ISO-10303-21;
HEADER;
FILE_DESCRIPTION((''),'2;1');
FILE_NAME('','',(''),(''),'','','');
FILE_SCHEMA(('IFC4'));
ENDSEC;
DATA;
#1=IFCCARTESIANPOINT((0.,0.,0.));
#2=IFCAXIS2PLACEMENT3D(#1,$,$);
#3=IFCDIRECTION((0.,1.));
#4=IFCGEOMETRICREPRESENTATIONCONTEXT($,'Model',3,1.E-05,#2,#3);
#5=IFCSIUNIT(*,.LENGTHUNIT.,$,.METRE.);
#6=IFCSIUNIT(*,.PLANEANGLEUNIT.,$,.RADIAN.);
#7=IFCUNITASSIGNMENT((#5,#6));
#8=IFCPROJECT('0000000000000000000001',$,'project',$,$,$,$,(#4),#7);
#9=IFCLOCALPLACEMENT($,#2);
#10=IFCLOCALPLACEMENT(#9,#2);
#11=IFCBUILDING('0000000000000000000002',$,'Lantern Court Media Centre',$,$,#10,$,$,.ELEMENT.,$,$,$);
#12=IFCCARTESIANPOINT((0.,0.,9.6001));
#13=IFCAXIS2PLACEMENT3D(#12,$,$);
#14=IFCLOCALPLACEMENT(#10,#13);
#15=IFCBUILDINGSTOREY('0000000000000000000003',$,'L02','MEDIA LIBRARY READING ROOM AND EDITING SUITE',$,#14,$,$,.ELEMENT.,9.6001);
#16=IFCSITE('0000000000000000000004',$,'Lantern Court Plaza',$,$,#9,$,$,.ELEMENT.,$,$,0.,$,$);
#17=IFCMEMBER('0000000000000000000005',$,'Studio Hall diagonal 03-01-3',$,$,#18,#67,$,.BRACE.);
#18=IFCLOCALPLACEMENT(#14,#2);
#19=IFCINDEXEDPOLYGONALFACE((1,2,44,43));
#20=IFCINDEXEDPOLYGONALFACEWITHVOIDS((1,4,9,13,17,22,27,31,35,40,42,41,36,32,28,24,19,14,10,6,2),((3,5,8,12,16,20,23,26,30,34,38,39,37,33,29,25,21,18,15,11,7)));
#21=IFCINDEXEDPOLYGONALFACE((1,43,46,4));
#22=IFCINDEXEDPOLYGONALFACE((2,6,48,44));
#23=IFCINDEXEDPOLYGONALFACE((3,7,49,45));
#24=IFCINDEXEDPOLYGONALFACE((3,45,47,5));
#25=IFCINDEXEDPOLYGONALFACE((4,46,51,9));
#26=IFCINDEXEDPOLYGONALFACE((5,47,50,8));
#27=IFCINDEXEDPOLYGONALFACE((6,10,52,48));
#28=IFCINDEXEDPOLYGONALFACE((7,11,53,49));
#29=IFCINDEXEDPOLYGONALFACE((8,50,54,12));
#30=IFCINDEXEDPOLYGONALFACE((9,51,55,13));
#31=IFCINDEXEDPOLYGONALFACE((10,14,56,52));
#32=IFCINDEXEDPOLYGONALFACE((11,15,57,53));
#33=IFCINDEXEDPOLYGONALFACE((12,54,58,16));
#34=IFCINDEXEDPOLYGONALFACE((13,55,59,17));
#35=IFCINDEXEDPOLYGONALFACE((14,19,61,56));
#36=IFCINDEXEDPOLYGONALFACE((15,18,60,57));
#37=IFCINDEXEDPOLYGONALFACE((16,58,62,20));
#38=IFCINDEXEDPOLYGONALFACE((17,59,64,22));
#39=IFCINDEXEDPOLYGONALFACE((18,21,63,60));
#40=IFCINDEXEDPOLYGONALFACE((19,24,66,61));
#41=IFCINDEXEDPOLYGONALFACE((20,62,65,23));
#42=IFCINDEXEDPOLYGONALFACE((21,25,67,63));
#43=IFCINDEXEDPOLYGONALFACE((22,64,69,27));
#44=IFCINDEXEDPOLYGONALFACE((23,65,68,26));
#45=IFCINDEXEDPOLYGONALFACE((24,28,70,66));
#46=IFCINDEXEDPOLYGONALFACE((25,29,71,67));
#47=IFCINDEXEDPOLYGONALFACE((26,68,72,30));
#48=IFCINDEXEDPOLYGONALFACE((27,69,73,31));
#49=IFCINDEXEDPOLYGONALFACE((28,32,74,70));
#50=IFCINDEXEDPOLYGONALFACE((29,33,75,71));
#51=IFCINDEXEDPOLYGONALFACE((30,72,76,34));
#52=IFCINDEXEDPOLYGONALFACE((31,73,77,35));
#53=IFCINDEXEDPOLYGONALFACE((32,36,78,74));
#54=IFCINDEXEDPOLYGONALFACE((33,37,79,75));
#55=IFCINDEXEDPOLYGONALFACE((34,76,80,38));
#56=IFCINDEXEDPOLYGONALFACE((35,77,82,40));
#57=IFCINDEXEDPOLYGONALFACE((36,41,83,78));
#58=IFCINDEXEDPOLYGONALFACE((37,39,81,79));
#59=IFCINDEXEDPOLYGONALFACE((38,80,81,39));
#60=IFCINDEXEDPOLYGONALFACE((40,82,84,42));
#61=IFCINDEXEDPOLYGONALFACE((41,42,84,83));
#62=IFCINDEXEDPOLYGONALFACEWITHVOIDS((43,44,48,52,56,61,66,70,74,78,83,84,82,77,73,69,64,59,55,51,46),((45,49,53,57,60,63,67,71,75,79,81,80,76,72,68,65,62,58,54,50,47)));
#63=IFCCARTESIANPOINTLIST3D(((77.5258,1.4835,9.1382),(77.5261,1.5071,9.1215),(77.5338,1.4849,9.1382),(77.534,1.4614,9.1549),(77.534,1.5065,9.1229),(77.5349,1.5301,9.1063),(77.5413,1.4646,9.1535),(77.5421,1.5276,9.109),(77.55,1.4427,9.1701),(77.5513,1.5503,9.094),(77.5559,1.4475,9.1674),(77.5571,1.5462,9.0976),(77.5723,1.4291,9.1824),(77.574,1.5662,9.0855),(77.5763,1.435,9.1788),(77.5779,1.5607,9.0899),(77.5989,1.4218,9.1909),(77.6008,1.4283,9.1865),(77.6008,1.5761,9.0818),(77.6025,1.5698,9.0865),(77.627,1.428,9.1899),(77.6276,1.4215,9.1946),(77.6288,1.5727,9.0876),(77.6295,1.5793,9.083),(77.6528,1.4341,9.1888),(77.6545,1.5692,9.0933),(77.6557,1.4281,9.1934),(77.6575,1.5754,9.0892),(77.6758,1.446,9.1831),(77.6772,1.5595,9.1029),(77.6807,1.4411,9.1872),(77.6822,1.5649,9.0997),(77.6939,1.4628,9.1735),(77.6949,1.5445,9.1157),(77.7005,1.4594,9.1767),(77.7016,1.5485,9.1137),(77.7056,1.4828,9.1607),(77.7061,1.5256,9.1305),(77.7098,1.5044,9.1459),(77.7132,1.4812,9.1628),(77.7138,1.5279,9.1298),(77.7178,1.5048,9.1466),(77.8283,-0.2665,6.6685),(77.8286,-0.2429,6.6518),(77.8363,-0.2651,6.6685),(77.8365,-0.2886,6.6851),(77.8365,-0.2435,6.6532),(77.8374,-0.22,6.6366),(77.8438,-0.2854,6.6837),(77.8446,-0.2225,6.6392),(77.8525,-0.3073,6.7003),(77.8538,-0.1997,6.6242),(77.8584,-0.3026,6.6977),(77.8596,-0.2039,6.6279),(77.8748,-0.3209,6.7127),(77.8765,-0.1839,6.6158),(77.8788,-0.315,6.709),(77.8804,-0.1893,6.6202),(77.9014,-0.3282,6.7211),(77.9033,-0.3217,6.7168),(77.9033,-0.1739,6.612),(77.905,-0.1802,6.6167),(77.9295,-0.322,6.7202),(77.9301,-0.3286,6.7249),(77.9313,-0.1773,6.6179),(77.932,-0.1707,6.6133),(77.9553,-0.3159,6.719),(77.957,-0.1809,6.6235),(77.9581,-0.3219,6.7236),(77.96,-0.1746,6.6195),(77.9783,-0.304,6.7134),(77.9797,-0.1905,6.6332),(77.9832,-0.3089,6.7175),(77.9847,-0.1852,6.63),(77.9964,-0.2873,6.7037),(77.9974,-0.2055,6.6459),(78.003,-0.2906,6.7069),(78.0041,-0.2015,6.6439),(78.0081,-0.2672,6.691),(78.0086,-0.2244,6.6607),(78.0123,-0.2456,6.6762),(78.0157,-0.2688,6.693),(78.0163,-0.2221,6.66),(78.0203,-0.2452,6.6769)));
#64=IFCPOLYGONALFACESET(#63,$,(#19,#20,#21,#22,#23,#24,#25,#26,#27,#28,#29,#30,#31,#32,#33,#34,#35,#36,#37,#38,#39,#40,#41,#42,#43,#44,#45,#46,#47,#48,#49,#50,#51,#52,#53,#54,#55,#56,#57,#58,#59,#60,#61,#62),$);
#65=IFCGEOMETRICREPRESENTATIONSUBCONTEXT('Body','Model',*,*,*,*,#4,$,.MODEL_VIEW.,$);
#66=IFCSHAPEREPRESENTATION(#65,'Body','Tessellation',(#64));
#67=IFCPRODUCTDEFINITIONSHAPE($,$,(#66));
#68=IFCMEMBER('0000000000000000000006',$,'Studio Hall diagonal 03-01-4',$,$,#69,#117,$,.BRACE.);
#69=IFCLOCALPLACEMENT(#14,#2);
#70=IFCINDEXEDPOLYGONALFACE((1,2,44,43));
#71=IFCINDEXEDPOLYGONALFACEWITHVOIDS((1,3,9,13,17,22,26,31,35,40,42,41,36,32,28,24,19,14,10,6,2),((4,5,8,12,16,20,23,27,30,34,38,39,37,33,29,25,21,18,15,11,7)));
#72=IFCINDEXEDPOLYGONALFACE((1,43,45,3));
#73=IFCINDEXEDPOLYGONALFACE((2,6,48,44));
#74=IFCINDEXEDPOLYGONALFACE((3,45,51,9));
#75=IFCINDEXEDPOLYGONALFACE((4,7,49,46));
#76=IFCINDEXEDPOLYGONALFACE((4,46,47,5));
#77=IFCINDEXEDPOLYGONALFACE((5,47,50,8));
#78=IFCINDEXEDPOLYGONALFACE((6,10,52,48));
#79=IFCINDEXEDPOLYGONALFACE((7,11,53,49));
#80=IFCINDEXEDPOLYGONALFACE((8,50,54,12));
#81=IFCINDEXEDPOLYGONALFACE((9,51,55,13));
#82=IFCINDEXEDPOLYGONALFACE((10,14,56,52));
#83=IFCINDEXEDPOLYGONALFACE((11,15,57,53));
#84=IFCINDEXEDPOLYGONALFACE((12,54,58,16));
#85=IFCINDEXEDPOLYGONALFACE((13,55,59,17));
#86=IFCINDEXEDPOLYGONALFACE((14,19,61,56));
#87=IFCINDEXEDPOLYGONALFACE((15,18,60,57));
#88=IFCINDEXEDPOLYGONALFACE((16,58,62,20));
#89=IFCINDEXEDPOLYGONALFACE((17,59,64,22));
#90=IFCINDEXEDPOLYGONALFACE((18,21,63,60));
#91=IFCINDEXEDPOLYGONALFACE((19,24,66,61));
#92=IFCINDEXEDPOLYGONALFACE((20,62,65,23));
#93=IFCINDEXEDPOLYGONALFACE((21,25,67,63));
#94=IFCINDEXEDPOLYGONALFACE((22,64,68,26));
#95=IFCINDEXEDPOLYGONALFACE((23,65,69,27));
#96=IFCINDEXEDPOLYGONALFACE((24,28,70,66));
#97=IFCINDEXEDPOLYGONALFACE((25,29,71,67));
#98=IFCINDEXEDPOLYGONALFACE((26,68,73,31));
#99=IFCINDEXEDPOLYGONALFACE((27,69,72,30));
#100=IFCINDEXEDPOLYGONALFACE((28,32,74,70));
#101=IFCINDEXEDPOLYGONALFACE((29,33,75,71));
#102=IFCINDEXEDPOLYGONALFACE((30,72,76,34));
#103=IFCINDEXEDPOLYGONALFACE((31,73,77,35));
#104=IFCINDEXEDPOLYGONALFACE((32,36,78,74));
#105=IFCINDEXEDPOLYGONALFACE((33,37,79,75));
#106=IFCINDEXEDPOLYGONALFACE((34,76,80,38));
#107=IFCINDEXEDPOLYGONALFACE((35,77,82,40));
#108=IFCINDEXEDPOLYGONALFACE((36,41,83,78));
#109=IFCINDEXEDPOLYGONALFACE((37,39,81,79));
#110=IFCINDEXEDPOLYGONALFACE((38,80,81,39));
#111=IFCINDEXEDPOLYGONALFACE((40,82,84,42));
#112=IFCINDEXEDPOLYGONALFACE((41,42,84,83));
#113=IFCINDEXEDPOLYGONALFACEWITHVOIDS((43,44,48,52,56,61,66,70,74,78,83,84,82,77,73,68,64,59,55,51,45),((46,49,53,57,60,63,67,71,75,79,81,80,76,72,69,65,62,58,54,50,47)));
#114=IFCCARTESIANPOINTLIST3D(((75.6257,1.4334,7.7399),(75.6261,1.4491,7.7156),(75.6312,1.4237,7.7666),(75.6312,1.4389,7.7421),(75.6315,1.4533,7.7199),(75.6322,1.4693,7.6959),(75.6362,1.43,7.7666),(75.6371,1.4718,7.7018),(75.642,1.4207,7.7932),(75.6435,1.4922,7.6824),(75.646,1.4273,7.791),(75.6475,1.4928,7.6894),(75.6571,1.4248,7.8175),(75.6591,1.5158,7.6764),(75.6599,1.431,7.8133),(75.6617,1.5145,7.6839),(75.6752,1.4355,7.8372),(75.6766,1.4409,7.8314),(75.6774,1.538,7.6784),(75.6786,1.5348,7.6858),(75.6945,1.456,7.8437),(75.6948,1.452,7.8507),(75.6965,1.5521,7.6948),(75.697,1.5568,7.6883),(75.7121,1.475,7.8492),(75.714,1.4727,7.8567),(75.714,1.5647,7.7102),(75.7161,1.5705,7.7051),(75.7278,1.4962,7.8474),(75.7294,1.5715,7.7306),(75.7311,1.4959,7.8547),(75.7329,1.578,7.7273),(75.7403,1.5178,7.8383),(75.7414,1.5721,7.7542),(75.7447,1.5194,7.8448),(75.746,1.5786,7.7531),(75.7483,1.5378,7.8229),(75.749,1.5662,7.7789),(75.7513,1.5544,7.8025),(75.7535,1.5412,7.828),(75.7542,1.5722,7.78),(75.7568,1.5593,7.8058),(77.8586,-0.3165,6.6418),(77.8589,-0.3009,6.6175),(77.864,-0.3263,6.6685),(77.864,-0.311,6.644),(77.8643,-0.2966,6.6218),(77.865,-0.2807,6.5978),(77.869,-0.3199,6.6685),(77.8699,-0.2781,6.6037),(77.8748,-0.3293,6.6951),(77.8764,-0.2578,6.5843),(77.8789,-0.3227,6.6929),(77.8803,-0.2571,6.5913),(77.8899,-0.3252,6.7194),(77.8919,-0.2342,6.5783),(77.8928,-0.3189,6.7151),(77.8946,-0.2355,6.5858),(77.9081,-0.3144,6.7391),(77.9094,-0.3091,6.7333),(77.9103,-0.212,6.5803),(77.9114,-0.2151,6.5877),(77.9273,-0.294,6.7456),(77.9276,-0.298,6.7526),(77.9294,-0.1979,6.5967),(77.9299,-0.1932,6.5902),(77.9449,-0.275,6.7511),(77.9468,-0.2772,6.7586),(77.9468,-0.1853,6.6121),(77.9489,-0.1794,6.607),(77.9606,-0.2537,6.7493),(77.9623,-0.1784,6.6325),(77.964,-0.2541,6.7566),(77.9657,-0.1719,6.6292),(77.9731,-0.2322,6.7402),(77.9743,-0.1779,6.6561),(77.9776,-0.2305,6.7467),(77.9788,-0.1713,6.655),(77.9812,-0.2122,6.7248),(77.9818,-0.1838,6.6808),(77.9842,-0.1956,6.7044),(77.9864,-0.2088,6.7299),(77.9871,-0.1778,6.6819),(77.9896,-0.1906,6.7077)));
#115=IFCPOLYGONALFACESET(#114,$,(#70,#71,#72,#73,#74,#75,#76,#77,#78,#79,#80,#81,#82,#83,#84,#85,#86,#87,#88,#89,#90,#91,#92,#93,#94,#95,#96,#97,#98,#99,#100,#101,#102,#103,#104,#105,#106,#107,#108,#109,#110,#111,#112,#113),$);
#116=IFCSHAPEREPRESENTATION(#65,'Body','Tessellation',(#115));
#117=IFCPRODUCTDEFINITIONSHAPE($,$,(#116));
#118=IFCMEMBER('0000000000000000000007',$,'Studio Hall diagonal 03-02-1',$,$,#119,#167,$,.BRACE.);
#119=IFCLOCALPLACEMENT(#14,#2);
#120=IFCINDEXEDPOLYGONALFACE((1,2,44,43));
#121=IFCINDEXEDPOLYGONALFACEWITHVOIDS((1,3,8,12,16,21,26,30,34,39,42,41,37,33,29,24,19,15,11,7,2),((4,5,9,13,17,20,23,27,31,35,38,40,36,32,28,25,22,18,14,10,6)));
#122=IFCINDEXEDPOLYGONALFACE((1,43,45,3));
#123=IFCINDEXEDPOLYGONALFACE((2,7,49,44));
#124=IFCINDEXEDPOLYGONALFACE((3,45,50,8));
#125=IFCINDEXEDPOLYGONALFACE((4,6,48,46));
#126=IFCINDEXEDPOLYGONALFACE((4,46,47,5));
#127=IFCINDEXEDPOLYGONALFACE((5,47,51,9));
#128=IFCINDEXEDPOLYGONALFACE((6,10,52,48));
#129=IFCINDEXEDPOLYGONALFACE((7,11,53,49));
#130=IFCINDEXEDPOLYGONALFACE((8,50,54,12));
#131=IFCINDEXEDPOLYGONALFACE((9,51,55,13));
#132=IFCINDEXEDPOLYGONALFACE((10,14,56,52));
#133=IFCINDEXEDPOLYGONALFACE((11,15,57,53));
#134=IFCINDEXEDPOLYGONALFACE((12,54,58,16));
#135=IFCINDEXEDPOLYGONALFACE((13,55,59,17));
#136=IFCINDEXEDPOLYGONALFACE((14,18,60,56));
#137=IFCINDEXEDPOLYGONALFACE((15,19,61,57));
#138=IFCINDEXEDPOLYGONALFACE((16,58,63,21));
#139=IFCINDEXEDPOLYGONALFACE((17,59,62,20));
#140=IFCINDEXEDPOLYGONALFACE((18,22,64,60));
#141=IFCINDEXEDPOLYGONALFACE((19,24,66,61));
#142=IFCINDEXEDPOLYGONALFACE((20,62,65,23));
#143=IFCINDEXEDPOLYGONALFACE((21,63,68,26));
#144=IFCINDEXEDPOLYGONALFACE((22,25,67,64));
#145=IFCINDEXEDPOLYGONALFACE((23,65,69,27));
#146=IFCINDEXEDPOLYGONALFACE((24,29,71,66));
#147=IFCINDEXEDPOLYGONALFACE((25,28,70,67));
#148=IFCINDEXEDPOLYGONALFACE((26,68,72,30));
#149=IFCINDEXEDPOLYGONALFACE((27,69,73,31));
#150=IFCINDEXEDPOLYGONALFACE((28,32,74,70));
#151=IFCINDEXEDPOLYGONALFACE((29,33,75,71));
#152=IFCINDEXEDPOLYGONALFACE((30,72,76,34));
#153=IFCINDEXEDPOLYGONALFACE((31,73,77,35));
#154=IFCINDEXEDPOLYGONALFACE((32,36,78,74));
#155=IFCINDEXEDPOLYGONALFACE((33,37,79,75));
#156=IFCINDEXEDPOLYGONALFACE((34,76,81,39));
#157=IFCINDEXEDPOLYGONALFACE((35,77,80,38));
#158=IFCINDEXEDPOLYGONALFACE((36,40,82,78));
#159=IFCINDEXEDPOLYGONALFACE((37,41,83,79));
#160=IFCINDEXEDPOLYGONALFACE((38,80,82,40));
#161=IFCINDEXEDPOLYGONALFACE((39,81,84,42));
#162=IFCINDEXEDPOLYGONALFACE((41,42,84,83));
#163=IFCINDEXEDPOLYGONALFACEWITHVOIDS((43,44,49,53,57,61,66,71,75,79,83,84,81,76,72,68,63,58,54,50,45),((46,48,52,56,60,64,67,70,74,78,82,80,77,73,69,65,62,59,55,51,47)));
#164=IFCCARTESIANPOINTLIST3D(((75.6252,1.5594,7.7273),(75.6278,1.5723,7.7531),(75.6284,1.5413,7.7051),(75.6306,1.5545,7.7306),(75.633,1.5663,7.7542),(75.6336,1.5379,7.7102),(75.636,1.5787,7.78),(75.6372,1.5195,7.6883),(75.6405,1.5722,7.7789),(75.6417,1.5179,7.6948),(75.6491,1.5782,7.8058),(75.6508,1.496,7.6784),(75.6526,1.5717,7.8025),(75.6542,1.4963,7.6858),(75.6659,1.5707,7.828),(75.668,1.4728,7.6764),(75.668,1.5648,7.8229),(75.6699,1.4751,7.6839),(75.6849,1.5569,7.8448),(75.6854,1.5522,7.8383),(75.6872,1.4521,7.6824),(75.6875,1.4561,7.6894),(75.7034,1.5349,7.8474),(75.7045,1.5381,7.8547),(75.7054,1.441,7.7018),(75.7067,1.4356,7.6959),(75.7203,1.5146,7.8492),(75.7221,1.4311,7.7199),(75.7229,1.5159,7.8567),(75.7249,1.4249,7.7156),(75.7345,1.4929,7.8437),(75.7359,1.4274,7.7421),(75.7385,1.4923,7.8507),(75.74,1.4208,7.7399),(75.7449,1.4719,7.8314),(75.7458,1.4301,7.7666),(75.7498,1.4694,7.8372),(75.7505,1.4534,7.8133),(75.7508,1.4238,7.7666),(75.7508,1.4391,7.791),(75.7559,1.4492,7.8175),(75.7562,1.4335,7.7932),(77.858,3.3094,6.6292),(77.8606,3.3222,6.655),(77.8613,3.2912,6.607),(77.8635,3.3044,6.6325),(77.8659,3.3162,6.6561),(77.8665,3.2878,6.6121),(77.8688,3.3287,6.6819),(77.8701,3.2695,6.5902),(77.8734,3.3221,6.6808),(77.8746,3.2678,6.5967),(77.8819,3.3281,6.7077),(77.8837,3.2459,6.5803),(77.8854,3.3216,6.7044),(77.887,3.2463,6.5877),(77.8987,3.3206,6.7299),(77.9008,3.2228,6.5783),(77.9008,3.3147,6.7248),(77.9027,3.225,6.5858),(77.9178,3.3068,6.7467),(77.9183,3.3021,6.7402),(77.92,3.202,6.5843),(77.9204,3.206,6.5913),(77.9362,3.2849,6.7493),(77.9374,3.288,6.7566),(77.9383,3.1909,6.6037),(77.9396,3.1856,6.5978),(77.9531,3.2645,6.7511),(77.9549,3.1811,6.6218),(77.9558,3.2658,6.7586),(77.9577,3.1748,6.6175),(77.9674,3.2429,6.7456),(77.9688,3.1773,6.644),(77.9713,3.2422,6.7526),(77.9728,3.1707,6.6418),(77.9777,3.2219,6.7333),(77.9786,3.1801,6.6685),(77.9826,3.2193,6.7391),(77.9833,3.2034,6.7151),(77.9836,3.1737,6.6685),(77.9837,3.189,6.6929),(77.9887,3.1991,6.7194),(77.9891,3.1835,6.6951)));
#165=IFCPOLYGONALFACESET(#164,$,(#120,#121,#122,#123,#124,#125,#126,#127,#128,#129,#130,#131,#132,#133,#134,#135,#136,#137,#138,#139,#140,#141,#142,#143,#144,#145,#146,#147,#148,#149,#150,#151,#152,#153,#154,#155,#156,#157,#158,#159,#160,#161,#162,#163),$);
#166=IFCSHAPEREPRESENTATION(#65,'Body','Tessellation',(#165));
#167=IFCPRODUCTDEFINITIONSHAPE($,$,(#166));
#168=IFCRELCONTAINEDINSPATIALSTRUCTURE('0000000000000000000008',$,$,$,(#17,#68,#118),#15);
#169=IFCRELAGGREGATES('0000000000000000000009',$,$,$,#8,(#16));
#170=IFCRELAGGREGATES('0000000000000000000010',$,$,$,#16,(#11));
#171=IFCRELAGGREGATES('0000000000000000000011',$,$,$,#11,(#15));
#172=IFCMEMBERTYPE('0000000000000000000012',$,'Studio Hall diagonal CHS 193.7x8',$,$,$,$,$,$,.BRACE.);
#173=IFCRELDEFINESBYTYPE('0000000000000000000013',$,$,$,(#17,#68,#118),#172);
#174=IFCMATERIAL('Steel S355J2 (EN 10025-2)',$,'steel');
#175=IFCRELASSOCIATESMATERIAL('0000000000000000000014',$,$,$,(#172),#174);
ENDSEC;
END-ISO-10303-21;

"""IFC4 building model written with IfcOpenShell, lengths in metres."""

from ifc_helpers import new_model, si_unit, direction, frame, origin, origin_2d, place, context, subcontext, project, spatial, hollow_circle, extrude, material, material_profile, profile_set, type_object, element, save


model = new_model("IFC4")

# Units and contexts
model_context = context("Model", 3, precision=1e-05, world=origin(), true_north=direction((0.0, 1.0)))
body_context = subcontext(model_context, "Body", "Model", "MODEL_VIEW")
ifc_project = project(units=[si_unit("LENGTHUNIT", "METRE"), si_unit("PLANEANGLEUNIT", "RADIAN")], contexts=[model_context])

# Site, building, storey
site_placement = place(None, origin())
site = spatial("IfcSite", under=ifc_project, at=site_placement, Name="Lantern Court Plaza", CompositionType="ELEMENT", RefElevation=0.0)
building_placement = place(site_placement, origin())
building = spatial("IfcBuilding", under=site, at=building_placement, Name="Lantern Court Media Centre", CompositionType="ELEMENT")
storey_placement = place(building_placement, frame((0.0, 0.0, 9.6001)))
storey = spatial("IfcBuildingStorey", under=building, at=storey_placement, Name="L02", Description="MEDIA LIBRARY READING ROOM AND EDITING SUITE", CompositionType="ELEMENT", Elevation=9.6001)

# Members
ifc_material = material(Name="Steel S355J2 (EN 10025-2)", Category="steel")
ifc_material_profile_1 = material_profile(ifc_material, hollow_circle(Radius=0.0969, WallThickness=0.0081, at=origin_2d()), Name="Studio Hall diagonal CHS 193.7x8")
ifc_profile_set_1 = profile_set([ifc_material_profile_1], Name="Steel S355J2 (EN 10025-2)")
member_type_1 = type_object("IfcMemberType", Name="Studio Hall diagonal CHS 193.7x8", PredefinedType="BRACE", material=ifc_profile_set_1)
for number, where, z_axis, x_axis, name in (
    (1, (77.9238, -0.25, 6.6685), (-0.099439, 0.575286, 0.811885), (-0.985388, -0.170326, 0.0), "Studio Hall diagonal 03-01-3"),
    (2, (77.9238, -0.25, 6.6685), (-0.734005, 0.575262, 0.360984), (-0.616856, -0.787076, 0.0), "Studio Hall diagonal 03-01-4"),
    (3, (77.9238, 3.25, 6.6685), (-0.734005, -0.575262, 0.360984), (0.616856, -0.787076, 0.0), "Studio Hall diagonal 03-02-1"),
):
    element("IfcMember", number, at=place(storey_placement, frame(where, z_axis=z_axis, x_axis=x_axis)), inside=storey, type_object=member_type_1, Name=name, PredefinedType="BRACE", context=body_context, shape_type="SweptSolid", body=[
        extrude(hollow_circle(Radius=0.0969, WallThickness=0.0081, at=origin_2d()), origin(), (0.0, 0.0, 1.0), 3.042),
    ])

save(model, "model.ifc")
